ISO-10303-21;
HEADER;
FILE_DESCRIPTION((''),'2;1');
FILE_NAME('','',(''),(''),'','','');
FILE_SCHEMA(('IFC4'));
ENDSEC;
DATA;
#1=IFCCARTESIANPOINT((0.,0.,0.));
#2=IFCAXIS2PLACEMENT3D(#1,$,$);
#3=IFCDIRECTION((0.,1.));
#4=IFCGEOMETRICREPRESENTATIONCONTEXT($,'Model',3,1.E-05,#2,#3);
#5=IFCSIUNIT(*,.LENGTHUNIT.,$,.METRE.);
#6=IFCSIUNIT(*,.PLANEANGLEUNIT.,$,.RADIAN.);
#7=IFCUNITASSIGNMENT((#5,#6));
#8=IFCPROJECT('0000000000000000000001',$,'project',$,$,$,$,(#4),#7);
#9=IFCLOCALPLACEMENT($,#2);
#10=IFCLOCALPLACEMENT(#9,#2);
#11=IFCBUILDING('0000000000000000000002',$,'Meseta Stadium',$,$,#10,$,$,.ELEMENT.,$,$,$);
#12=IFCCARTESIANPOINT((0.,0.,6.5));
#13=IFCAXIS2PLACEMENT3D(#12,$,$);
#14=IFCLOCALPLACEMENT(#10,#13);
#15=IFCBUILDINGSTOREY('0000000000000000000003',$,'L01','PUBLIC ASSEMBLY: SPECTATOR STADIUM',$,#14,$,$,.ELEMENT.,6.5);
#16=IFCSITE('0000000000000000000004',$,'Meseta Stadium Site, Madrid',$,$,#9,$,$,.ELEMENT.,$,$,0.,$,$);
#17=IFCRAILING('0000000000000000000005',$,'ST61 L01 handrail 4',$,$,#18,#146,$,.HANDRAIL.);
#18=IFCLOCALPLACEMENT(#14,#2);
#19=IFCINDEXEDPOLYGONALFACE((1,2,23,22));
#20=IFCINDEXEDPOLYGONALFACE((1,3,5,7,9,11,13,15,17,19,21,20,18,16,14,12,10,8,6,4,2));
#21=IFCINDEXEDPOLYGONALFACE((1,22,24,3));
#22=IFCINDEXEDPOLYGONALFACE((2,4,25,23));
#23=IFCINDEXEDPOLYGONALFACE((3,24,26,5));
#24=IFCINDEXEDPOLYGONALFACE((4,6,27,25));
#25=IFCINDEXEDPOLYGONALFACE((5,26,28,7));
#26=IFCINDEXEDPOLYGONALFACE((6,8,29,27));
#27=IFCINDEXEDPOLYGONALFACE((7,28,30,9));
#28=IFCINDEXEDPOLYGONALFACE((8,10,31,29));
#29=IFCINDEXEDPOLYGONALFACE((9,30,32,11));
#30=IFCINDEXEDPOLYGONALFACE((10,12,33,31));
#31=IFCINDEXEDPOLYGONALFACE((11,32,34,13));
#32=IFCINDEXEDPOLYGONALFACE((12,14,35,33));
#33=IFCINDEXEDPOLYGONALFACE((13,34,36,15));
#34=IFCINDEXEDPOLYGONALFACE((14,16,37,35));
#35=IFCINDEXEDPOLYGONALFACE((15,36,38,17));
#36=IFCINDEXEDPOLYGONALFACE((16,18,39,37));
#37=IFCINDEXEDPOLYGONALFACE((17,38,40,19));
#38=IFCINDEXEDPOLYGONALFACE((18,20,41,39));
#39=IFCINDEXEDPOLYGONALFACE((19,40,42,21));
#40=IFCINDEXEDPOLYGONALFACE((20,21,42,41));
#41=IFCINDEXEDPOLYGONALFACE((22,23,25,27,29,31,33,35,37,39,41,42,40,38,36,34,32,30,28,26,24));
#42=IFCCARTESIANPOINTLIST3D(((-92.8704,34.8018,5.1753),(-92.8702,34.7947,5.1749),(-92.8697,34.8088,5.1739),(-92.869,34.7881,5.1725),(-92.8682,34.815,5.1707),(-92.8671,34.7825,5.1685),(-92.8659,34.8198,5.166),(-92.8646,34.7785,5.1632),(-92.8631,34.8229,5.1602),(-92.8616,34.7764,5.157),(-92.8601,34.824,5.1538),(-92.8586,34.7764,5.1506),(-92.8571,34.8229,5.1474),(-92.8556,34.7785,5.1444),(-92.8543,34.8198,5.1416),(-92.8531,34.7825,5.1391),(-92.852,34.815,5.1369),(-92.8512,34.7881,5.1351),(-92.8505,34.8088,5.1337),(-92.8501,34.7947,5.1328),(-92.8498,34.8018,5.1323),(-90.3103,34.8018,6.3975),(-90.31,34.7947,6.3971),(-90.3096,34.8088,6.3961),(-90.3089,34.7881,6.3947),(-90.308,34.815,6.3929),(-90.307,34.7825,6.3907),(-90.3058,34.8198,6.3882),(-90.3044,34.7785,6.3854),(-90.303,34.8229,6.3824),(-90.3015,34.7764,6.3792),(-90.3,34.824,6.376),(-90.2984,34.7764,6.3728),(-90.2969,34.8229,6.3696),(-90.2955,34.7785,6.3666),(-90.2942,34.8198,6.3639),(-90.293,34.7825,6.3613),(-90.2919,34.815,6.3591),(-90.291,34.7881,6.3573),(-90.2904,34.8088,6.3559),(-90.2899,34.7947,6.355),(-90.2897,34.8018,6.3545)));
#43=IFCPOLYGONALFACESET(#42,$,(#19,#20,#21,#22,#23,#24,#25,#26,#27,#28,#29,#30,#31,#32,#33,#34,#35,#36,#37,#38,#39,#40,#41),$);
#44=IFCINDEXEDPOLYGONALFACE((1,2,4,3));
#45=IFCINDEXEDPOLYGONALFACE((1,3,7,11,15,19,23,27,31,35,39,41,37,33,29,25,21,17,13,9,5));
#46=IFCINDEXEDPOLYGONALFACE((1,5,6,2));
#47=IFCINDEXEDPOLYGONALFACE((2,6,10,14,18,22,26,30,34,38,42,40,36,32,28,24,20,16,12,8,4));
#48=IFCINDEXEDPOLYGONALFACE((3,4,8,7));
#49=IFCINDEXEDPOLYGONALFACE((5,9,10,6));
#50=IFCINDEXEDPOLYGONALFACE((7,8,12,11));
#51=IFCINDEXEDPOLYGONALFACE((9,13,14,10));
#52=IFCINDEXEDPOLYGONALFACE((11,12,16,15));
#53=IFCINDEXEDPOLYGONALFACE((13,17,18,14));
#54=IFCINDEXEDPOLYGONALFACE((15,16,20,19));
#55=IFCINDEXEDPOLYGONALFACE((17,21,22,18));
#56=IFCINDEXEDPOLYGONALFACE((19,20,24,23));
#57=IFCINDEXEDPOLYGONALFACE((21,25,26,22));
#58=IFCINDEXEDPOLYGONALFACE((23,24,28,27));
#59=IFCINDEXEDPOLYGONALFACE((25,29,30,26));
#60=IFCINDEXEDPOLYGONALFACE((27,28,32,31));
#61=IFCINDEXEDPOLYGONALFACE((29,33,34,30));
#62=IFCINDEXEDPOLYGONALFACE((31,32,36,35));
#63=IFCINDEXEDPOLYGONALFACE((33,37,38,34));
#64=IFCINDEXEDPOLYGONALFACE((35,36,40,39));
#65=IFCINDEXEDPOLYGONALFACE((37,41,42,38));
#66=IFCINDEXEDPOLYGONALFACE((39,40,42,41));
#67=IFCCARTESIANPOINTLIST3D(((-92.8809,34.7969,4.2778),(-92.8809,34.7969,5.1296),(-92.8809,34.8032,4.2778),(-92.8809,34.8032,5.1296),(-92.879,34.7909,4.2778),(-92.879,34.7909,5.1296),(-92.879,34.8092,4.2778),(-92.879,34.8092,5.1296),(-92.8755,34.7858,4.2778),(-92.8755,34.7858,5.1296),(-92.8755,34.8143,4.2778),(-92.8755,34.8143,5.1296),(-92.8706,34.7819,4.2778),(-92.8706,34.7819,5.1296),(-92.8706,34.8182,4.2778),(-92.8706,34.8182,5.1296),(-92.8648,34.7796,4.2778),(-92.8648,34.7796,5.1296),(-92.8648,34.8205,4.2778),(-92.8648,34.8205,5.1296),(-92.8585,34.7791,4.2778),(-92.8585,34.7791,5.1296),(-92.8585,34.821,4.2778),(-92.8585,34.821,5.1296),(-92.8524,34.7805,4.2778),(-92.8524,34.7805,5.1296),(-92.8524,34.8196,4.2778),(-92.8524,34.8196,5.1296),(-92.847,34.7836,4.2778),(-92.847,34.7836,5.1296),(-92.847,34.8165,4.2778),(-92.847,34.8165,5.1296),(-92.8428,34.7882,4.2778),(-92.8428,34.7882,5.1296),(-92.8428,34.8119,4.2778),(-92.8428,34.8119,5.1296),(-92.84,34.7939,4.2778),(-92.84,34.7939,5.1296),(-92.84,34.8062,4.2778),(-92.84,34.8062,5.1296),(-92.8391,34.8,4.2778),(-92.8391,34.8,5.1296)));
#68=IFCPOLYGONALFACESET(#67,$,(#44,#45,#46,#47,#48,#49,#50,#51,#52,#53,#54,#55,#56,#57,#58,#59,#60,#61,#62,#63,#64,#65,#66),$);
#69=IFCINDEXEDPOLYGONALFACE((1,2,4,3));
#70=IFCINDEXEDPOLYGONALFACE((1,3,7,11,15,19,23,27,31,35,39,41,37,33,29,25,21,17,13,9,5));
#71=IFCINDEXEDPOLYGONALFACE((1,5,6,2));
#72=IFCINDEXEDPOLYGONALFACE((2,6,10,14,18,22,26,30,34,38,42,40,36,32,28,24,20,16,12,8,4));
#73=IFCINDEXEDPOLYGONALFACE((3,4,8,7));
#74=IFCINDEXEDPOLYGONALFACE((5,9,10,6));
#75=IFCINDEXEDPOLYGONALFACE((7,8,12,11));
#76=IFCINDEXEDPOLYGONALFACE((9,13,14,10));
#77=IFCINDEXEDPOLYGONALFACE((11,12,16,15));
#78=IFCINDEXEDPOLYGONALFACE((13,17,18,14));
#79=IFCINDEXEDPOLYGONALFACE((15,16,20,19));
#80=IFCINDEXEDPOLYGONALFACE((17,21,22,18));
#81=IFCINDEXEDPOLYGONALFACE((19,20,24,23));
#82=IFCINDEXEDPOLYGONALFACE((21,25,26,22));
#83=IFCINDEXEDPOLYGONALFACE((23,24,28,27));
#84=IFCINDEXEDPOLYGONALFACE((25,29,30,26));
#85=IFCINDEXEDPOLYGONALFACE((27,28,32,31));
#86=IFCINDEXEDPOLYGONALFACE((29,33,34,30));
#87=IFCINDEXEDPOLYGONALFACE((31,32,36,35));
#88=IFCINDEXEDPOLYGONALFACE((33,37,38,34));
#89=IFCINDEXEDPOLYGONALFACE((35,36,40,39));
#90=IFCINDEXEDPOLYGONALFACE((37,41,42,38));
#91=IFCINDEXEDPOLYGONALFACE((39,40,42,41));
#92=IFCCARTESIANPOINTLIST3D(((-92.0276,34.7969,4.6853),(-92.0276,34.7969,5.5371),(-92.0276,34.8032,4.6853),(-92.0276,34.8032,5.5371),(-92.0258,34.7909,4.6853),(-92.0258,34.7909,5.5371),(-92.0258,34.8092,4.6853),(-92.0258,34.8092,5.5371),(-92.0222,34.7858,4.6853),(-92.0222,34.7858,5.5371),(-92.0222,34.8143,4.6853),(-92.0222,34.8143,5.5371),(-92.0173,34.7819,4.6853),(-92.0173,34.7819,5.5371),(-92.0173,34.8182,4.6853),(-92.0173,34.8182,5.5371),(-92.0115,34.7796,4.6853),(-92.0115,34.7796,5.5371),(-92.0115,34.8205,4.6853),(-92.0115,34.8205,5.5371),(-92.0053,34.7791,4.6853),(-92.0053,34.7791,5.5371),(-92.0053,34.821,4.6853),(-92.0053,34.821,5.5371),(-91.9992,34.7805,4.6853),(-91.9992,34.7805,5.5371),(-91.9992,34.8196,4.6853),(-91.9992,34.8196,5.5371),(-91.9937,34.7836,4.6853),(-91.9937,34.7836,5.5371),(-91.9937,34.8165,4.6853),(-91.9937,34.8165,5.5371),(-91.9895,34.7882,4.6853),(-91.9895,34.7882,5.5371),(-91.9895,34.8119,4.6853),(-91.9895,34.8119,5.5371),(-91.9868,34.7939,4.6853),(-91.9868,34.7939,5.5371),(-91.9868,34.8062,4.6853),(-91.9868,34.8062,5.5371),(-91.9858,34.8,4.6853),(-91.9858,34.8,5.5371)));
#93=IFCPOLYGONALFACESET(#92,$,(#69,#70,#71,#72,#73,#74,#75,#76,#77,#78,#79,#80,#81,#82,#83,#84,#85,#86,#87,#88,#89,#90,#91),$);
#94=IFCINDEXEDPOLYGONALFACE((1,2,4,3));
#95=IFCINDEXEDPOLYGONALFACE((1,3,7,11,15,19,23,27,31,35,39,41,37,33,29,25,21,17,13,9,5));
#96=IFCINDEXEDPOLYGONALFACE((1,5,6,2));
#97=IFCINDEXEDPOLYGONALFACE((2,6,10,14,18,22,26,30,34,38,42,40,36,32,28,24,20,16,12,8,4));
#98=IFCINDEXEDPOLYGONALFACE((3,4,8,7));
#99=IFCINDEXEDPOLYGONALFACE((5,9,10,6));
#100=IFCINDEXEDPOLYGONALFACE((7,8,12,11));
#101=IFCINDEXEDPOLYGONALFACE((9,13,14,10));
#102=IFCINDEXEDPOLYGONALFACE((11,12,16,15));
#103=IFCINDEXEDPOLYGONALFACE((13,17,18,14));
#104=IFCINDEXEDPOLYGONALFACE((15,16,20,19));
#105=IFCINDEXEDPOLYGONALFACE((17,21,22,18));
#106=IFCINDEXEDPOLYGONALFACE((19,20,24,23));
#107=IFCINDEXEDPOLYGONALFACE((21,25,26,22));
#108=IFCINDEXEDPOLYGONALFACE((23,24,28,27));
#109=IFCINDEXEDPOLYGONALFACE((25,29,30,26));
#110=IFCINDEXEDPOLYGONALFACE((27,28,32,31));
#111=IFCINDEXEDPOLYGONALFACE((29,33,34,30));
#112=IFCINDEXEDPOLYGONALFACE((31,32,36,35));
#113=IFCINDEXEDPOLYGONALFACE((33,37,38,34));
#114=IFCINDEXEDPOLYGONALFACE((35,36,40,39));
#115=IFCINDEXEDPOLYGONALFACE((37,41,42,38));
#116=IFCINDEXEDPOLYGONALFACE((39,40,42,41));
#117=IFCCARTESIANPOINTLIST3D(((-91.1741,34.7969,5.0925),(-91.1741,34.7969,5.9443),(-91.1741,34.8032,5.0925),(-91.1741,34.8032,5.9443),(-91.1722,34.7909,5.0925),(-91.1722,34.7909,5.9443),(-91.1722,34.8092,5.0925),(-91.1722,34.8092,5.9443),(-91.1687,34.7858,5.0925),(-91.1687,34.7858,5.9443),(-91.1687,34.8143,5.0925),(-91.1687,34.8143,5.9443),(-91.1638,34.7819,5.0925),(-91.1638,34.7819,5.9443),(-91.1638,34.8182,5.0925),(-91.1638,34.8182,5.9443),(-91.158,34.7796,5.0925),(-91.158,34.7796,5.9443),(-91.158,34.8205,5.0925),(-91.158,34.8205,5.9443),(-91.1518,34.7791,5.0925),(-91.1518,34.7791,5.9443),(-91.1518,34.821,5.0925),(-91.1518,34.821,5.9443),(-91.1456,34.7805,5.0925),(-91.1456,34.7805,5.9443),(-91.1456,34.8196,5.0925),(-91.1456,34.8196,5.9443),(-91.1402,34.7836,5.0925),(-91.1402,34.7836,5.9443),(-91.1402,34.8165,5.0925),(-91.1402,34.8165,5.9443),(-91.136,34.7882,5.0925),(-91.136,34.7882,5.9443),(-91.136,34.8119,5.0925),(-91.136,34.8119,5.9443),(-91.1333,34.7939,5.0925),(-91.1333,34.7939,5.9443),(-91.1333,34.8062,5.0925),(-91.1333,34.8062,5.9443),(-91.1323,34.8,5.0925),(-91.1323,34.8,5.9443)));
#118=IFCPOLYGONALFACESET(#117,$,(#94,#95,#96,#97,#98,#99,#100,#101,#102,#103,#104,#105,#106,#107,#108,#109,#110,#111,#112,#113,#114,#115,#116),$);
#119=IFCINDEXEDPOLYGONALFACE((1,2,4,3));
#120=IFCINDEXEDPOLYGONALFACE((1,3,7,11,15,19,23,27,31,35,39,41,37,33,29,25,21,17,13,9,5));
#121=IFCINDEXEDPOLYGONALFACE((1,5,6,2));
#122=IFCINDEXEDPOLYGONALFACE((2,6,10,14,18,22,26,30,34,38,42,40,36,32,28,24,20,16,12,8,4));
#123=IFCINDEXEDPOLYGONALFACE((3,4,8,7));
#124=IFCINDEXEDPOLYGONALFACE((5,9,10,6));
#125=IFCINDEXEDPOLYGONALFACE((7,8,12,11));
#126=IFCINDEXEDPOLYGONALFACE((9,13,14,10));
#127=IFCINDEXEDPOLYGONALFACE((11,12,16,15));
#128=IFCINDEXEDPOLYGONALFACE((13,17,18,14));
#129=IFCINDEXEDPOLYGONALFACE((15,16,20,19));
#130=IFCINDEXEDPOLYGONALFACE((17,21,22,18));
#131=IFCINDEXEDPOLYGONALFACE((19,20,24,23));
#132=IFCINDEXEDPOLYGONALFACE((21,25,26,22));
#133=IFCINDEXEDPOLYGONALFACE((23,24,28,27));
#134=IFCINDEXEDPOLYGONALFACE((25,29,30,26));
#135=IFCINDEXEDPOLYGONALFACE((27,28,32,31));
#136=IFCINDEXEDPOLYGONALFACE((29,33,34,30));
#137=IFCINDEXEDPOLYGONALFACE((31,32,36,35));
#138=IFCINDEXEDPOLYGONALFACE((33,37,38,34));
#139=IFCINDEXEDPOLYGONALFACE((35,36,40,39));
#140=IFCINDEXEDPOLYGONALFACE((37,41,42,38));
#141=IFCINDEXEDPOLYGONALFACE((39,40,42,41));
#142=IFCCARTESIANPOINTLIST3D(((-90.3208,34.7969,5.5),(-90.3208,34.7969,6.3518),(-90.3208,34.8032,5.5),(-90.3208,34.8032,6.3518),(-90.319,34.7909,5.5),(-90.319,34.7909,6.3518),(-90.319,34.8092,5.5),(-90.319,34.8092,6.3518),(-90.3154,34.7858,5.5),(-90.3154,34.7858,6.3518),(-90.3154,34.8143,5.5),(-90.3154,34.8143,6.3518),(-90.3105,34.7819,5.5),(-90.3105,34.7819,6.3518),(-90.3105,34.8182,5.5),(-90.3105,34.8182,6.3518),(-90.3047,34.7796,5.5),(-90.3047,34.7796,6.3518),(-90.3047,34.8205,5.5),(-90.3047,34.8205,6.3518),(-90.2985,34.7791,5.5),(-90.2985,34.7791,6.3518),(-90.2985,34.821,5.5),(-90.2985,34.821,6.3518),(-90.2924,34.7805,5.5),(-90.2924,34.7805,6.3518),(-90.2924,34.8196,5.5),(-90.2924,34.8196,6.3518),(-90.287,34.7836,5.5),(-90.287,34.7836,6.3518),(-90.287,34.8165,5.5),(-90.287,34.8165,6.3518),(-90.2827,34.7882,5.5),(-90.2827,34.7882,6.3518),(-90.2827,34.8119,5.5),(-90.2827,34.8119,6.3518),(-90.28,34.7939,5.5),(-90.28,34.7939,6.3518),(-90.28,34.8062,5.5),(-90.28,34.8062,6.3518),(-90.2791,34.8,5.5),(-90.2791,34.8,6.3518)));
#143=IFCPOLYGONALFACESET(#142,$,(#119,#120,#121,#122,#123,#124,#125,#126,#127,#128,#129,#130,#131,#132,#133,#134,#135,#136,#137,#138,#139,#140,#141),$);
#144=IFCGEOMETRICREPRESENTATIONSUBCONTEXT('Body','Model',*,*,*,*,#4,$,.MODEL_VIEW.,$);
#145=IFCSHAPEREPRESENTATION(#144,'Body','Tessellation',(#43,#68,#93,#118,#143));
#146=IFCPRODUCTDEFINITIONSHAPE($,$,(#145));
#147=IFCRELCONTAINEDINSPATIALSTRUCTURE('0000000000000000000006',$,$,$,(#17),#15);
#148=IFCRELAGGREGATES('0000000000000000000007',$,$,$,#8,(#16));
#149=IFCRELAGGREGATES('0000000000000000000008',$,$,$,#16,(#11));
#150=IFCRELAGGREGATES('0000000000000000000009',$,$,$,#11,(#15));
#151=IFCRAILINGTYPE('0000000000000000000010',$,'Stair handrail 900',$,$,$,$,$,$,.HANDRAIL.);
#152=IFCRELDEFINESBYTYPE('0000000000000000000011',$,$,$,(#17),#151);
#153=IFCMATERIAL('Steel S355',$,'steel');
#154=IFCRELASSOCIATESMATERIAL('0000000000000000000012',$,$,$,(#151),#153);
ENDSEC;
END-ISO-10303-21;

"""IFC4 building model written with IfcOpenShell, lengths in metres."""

from ifc_helpers import new_model, si_unit, direction, frame, origin, origin_2d, place, context, subcontext, project, spatial, circle, extrude, material, type_object, element, save


model = new_model("IFC4")

# Units and contexts
model_context = context("Model", 3, precision=1e-05, world=origin(), true_north=direction((0.0, 1.0)))
body_context = subcontext(model_context, "Body", "Model", "MODEL_VIEW")
ifc_project = project(units=[si_unit("LENGTHUNIT", "METRE"), si_unit("PLANEANGLEUNIT", "RADIAN")], contexts=[model_context])

# Site, building, storey
site_placement = place(None, origin())
site = spatial("IfcSite", under=ifc_project, at=site_placement, Name="Meseta Stadium Site, Madrid", CompositionType="ELEMENT", RefElevation=0.0)
building_placement = place(site_placement, origin())
building = spatial("IfcBuilding", under=site, at=building_placement, Name="Meseta Stadium", CompositionType="ELEMENT")
storey_placement = place(building_placement, frame((0.0, 0.0, 6.5)))
storey = spatial("IfcBuildingStorey", under=building, at=storey_placement, Name="L01", Description="PUBLIC ASSEMBLY: SPECTATOR STADIUM", CompositionType="ELEMENT", Elevation=6.5)

# Railing
ifc_material_1 = material(Name="Steel S355", Category="steel")
railing_type_1 = type_object("IfcRailingType", Name="Stair handrail 900", PredefinedType="HANDRAIL", material=ifc_material_1)
for number, where, name in (
    (1, (-92.8601, 34.8, 4.2778), "ST61 L01 handrail 4"),
):
    element("IfcRailing", number, at=place(storey_placement, frame(where)), inside=storey, type_object=railing_type_1, Name=name, PredefinedType="HANDRAIL", context=body_context, shape_type="SweptSolid", body=[
        extrude(circle(Radius=0.0239, at=origin_2d()), frame((0.0, 0.0, 0.876), z_axis=(0.902437, 0.0, 0.430822), x_axis=(0.0, 1.0, 0.0)), (0.0, 0.0, 1.0), 2.8369),
        extrude(circle(Radius=0.021, at=origin_2d()), origin(), (0.0, 0.0, 1.0), 0.8518),
        extrude(circle(Radius=0.021, at=origin_2d()), frame((0.8533, 0.0, 0.4075)), (0.0, 0.0, 1.0), 0.8518),
        extrude(circle(Radius=0.021, at=origin_2d()), frame((1.7068, 0.0, 0.8147)), (0.0, 0.0, 1.0), 0.8518),
        extrude(circle(Radius=0.021, at=origin_2d()), frame((2.5601, 0.0, 1.2222)), (0.0, 0.0, 1.0), 0.8518),
    ])

save(model, "model.ifc")
